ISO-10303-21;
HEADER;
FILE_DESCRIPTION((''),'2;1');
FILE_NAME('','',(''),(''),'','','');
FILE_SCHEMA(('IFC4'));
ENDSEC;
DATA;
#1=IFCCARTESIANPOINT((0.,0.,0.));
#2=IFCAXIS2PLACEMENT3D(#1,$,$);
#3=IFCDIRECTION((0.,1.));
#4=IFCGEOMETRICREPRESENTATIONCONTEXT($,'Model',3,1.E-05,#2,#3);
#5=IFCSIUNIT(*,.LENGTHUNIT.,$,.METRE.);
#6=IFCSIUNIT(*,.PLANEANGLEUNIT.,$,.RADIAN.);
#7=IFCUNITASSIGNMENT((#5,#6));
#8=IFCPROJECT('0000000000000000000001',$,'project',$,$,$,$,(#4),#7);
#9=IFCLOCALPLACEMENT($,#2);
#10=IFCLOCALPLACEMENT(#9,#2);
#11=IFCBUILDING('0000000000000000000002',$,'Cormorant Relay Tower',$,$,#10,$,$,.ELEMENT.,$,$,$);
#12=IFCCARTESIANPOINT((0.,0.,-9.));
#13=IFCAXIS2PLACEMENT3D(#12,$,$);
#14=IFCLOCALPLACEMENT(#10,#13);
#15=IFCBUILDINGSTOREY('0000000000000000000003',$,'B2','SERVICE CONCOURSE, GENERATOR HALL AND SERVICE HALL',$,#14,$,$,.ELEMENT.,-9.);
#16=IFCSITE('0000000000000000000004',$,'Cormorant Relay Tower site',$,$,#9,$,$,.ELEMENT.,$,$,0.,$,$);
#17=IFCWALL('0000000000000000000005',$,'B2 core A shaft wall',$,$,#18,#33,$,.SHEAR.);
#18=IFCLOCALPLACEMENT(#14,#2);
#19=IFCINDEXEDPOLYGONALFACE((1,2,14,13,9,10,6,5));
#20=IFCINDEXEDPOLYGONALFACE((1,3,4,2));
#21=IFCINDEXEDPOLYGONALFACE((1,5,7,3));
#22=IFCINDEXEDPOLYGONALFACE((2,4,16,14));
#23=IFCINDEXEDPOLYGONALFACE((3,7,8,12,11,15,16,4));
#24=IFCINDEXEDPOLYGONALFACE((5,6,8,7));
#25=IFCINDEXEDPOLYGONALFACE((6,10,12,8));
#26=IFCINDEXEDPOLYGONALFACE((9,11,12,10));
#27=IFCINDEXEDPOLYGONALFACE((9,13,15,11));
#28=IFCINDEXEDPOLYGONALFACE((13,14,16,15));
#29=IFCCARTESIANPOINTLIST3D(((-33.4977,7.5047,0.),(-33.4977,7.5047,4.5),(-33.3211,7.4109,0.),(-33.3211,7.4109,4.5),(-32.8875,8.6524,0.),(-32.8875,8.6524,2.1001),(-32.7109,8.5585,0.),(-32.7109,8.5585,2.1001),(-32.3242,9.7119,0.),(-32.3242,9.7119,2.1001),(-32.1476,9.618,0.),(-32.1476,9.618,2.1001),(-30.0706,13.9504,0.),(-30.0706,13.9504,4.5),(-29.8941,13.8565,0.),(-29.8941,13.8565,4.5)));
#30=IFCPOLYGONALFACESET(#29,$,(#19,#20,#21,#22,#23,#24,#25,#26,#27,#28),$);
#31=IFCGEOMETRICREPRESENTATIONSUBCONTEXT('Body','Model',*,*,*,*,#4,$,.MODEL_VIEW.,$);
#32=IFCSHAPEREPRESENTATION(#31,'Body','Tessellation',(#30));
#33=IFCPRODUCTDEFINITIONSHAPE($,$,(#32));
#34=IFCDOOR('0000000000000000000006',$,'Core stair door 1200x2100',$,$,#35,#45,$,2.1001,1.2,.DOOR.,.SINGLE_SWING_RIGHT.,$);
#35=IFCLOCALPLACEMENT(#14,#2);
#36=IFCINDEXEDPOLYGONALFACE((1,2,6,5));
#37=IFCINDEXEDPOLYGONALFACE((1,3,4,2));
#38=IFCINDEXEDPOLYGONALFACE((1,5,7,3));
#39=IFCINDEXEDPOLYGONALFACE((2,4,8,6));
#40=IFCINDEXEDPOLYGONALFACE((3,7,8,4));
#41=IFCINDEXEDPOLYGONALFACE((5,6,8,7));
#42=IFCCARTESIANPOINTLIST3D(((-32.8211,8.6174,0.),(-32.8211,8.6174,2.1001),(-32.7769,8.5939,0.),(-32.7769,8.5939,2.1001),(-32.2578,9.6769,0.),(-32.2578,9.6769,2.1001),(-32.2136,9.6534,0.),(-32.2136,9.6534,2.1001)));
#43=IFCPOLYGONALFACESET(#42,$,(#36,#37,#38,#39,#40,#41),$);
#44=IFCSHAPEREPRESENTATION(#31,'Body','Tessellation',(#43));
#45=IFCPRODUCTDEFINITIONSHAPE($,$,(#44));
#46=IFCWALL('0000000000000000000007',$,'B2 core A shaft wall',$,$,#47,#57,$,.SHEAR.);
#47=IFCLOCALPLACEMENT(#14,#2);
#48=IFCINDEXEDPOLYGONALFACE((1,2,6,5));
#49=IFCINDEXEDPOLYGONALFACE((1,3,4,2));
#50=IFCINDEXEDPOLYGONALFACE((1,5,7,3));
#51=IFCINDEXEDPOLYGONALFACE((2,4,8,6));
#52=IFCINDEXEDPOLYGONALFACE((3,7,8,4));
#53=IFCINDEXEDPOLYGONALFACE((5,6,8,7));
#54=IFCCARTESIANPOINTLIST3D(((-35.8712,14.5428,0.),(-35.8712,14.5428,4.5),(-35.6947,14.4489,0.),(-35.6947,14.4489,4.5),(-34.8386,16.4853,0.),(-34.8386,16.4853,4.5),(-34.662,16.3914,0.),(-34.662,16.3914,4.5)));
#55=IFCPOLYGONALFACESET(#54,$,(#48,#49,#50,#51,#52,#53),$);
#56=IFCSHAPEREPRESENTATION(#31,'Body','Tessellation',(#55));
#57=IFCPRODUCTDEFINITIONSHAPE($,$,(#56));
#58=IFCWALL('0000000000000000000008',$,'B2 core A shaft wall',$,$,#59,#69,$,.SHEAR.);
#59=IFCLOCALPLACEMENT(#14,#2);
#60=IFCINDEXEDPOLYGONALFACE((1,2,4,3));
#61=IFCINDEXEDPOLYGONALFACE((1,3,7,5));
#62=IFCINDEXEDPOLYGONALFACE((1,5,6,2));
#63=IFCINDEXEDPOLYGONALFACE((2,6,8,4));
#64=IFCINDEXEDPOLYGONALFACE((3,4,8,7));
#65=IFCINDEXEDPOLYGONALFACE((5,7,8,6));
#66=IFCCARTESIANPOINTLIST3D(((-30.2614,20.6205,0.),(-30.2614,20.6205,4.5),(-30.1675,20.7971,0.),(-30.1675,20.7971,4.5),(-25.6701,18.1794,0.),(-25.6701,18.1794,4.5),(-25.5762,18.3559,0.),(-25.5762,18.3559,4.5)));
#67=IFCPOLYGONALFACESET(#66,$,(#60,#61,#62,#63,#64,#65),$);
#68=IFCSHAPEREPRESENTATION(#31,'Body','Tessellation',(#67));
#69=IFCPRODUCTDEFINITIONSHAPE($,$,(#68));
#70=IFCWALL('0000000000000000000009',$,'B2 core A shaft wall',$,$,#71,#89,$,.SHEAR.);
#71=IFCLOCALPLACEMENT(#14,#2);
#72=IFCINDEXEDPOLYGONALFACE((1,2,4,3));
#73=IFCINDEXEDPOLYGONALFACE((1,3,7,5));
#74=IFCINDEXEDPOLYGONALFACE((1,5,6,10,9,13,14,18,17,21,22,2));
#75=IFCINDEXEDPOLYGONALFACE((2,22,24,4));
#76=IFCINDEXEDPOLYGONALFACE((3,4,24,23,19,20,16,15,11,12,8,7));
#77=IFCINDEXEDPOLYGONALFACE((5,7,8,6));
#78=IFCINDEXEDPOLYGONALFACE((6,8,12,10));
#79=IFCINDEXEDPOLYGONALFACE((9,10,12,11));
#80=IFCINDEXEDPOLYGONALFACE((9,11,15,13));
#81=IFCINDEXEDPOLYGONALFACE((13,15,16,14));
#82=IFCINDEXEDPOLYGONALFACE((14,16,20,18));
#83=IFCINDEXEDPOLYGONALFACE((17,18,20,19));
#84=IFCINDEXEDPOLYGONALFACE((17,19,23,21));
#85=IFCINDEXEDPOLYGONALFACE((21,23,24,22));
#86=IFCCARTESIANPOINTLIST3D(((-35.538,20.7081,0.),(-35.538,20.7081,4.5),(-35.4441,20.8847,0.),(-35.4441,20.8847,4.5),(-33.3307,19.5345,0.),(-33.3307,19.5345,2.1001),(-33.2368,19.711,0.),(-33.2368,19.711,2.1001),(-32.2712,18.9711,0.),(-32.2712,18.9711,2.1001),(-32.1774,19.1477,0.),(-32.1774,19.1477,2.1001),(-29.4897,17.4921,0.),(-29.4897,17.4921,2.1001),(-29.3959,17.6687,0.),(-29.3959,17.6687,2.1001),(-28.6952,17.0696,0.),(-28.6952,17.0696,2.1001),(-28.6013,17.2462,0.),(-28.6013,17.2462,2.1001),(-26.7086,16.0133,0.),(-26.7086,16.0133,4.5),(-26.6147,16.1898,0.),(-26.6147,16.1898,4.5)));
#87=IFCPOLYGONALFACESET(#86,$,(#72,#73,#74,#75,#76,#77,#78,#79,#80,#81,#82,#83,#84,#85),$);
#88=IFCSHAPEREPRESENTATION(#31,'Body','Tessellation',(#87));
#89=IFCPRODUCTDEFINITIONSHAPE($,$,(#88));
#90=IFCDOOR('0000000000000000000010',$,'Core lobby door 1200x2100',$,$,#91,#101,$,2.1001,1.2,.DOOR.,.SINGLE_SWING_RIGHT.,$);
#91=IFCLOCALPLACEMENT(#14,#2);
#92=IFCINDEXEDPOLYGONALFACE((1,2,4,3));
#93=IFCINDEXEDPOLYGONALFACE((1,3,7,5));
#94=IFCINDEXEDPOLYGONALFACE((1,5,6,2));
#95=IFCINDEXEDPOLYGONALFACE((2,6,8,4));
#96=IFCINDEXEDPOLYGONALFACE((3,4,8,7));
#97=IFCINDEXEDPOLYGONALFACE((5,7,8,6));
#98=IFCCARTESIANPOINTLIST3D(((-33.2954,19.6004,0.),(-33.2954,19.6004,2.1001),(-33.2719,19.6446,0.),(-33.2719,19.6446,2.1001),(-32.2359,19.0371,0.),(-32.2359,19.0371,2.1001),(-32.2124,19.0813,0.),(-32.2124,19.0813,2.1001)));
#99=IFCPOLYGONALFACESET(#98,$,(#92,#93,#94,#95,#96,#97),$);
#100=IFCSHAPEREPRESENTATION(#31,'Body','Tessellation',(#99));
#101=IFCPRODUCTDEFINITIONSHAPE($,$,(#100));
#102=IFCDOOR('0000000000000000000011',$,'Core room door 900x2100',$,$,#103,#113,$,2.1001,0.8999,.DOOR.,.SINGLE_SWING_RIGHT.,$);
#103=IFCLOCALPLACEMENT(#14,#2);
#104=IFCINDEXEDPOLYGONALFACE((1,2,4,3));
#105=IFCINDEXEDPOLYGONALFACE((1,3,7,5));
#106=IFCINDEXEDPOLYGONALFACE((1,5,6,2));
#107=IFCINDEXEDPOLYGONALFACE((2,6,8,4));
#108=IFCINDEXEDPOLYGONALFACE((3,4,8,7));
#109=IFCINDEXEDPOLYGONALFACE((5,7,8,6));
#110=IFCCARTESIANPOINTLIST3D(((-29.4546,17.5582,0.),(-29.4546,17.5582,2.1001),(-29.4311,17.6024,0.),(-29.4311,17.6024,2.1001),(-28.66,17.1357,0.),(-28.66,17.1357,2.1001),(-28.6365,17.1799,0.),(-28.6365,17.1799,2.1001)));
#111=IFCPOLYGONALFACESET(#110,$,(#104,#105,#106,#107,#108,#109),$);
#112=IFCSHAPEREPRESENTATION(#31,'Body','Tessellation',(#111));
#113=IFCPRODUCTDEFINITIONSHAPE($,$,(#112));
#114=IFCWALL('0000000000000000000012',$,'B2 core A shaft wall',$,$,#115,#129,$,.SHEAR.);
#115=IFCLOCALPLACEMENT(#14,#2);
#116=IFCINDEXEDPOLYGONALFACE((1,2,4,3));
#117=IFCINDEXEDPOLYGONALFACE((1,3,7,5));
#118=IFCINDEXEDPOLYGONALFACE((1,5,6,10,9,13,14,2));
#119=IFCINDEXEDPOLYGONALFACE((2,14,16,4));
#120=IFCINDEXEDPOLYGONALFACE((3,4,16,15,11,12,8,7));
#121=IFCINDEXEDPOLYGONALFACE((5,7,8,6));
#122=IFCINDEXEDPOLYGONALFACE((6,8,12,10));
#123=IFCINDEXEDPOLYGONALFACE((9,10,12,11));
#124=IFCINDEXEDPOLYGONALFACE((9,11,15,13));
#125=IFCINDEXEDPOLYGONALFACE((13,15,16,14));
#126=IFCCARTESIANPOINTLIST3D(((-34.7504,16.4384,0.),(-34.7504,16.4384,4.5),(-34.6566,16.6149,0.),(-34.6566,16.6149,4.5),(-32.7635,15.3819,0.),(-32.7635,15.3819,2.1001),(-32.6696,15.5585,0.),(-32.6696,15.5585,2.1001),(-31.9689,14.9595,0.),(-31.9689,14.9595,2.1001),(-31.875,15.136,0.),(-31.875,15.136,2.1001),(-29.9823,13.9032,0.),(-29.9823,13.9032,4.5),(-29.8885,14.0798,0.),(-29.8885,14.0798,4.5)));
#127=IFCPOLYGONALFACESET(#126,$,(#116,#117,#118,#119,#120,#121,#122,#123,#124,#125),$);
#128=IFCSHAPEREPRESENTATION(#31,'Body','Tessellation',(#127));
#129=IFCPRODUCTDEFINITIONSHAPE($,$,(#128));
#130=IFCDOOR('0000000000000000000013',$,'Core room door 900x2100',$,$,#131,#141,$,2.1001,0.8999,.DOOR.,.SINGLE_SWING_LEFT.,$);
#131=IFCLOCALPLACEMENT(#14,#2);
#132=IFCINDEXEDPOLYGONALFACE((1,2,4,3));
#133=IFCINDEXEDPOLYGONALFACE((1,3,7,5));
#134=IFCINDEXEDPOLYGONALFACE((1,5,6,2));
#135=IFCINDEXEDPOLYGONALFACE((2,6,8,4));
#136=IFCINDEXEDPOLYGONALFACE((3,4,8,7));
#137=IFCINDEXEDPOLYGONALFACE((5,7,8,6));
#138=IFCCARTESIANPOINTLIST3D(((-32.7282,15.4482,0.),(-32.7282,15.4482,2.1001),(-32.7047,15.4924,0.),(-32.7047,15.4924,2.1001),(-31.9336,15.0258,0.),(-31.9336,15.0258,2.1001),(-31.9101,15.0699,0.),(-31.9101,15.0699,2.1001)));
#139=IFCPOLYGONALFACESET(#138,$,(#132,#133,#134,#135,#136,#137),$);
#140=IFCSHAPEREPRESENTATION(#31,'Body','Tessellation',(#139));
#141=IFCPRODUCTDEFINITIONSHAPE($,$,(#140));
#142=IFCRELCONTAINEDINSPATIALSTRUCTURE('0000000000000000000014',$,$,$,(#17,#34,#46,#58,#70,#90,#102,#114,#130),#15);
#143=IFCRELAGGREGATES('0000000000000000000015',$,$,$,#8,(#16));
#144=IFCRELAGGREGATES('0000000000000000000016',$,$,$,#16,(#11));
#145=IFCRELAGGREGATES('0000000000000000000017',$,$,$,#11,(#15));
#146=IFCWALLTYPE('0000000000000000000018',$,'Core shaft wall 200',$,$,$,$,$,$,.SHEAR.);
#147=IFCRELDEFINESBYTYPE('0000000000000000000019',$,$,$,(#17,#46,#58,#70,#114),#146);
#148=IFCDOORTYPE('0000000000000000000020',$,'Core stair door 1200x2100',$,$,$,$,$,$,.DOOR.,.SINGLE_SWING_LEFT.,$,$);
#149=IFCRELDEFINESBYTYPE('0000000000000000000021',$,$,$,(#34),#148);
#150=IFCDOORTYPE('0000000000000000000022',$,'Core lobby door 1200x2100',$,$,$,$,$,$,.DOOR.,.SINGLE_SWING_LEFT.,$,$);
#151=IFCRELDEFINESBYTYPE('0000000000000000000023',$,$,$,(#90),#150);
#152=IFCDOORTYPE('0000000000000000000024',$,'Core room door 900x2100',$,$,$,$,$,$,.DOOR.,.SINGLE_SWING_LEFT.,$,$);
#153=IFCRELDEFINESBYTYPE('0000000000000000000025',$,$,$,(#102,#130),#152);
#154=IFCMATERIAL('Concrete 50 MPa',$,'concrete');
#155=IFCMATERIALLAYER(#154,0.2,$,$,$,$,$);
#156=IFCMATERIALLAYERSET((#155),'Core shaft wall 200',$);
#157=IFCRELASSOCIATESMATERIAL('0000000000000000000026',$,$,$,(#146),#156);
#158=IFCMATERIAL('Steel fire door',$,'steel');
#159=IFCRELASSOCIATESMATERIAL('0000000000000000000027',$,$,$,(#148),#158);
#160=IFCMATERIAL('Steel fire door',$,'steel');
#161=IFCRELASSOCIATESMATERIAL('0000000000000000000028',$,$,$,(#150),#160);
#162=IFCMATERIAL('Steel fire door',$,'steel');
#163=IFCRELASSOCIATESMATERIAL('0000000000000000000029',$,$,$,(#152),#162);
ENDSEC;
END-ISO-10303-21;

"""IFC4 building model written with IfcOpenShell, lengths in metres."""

from ifc_helpers import new_model, si_unit, direction, frame, frame_2d, origin, place, context, subcontext, project, spatial, rectangle, extrude, material, layer, layer_set, type_object, element, fill, save


model = new_model("IFC4")

# Units and contexts
model_context = context("Model", 3, precision=1e-05, world=origin(), true_north=direction((0.0, 1.0)))
body_context = subcontext(model_context, "Body", "Model", "MODEL_VIEW")
ifc_project = project(units=[si_unit("LENGTHUNIT", "METRE"), si_unit("PLANEANGLEUNIT", "RADIAN")], contexts=[model_context])

# Site, building, storey
site_placement = place(None, origin())
site = spatial("IfcSite", under=ifc_project, at=site_placement, Name="Cormorant Relay Tower site", CompositionType="ELEMENT", RefElevation=0.0)
building_placement = place(site_placement, origin())
building = spatial("IfcBuilding", under=site, at=building_placement, Name="Cormorant Relay Tower", CompositionType="ELEMENT")
storey_placement = place(building_placement, frame((0.0, 0.0, -9.0)))
storey = spatial("IfcBuildingStorey", under=building, at=storey_placement, Name="B2", Description="SERVICE CONCOURSE, GENERATOR HALL AND SERVICE HALL", CompositionType="ELEMENT", Elevation=-9.0)

# Wall, opening, door
ifc_material_1 = material(Name="Concrete 50 MPa", Category="concrete")
ifc_layer_1 = layer(ifc_material_1, 0.2)
ifc_layer_set_1 = layer_set([ifc_layer_1], Name="Core shaft wall 200")
wall_type_1 = type_object("IfcWallType", Name="Core shaft wall 200", PredefinedType="SHEAR", material=ifc_layer_set_1)
wall_1_placement = place(storey_placement, frame((-29.9824, 13.9033, 0.0), z_axis=(0.0, 0.0, 1.0), x_axis=(-0.469454, -0.882957, 0.0)))
wall_1 = element("IfcWall", 1, at=wall_1_placement, inside=storey, type_object=wall_type_1, Name="B2 core A shaft wall", PredefinedType="SHEAR", context=body_context, shape_type="SweptSolid", body=[
    extrude(rectangle(XDim=7.3, YDim=0.2, at=frame_2d((3.6499, 0.0))), origin(), (0.0, 0.0, 1.0), 4.5),
])
opening_1_placement = place(wall_1_placement, frame((4.8, 0.0, 0.0)))
opening_1 = element("IfcOpeningElement", 2, at=opening_1_placement, cuts=wall_1, PredefinedType="OPENING", context=body_context, shape_type="SweptSolid", body=[
    extrude(rectangle(XDim=1.2, YDim=2.1001, at=frame_2d((0.6001, 1.05))), frame((0.0, 0.1099, 0.0), z_axis=(0.0, -1.0, 0.0), x_axis=(1.0, 0.0, 0.0)), (0.0, 0.0, 1.0), 0.22),
])
ifc_material_2 = material(Name="Steel fire door", Category="steel")
door_type_1 = type_object("IfcDoorType", Name="Core stair door 1200x2100", OperationType="SINGLE_SWING_LEFT", PredefinedType="DOOR", material=ifc_material_2)
door_1_placement = place(opening_1_placement, frame((1.2, 0.0, 0.0), z_axis=(0.0, 0.0, 1.0), x_axis=(-1.0, 0.0, 0.0)))
door_1 = element("IfcDoor", 3, at=door_1_placement, inside=storey, type_object=door_type_1, Name="Core stair door 1200x2100", OperationType="SINGLE_SWING_RIGHT", OverallHeight=2.1001, OverallWidth=1.2, PredefinedType="DOOR", context=body_context, shape_type="SweptSolid", body=[
    extrude(rectangle(XDim=1.2, YDim=2.1001, at=frame_2d((0.6001, 1.05))), frame((0.0, 0.0249, 0.0), z_axis=(0.0, -1.0, 0.0), x_axis=(1.0, 0.0, 0.0)), (0.0, 0.0, 1.0), 0.05),
])
fill(opening_1, door_1)

# Walls
wall_2_placement = place(storey_placement, frame((-34.7502, 16.4385, 0.0), z_axis=(0.0, 0.0, 1.0), x_axis=(-0.469401, -0.882985, 0.0)))
element("IfcWall", 4, at=wall_2_placement, inside=storey, type_object=wall_type_1, Name="B2 core A shaft wall", PredefinedType="SHEAR", context=body_context, shape_type="SweptSolid", body=[
    extrude(rectangle(XDim=2.2, YDim=0.2, at=frame_2d((1.1001, 0.0))), origin(), (0.0, 0.0, 1.0), 4.5),
])
wall_3_placement = place(storey_placement, frame((-25.623, 18.2676, 0.0), z_axis=(0.0, 0.0, 1.0), x_axis=(-0.882954, 0.46946, 0.0)))
element("IfcWall", 5, at=wall_3_placement, inside=storey, type_object=wall_type_1, Name="B2 core A shaft wall", PredefinedType="SHEAR", context=body_context, shape_type="SweptSolid", body=[
    extrude(rectangle(XDim=5.2, YDim=0.2, at=frame_2d((2.6001, 0.0))), origin(), (0.0, 0.0, 1.0), 4.5),
])

# Wall, openings, doors
wall_4_placement = place(storey_placement, frame((-26.6616, 16.1016, 0.0), z_axis=(0.0, 0.0, 1.0), x_axis=(-0.88294, 0.469485, 0.0)))
wall_4 = element("IfcWall", 6, at=wall_4_placement, inside=storey, type_object=wall_type_1, Name="B2 core A shaft wall", PredefinedType="SHEAR", context=body_context, shape_type="SweptSolid", body=[
    extrude(rectangle(XDim=10.0, YDim=0.2, at=frame_2d((5.0, 0.0))), origin(), (0.0, 0.0, 1.0), 4.5),
])
opening_2_placement = place(wall_4_placement, frame((6.3, 0.0, 0.0)))
opening_2 = element("IfcOpeningElement", 7, at=opening_2_placement, cuts=wall_4, PredefinedType="OPENING", context=body_context, shape_type="SweptSolid", body=[
    extrude(rectangle(XDim=1.2, YDim=2.1001, at=frame_2d((0.6001, 1.05))), frame((0.0, 0.1099, 0.0), z_axis=(0.0, -1.0, 0.0), x_axis=(1.0, 0.0, 0.0)), (0.0, 0.0, 1.0), 0.22),
])
opening_3_placement = place(wall_4_placement, frame((2.25, 0.0, 0.0)))
opening_3 = element("IfcOpeningElement", 8, at=opening_3_placement, cuts=wall_4, PredefinedType="OPENING", context=body_context, shape_type="SweptSolid", body=[
    extrude(rectangle(XDim=0.8999, YDim=2.1001, at=frame_2d((0.45, 1.05))), frame((0.0, 0.1099, 0.0), z_axis=(0.0, -1.0, 0.0), x_axis=(1.0, 0.0, 0.0)), (0.0, 0.0, 1.0), 0.22),
])
ifc_material_3 = material(Name="Steel fire door", Category="steel")
door_type_2 = type_object("IfcDoorType", Name="Core lobby door 1200x2100", OperationType="SINGLE_SWING_LEFT", PredefinedType="DOOR", material=ifc_material_3)
door_2_placement = place(opening_2_placement, frame((1.2, 0.0, 0.0), z_axis=(0.0, 0.0, 1.0), x_axis=(-1.0, 0.0, 0.0)))
door_2 = element("IfcDoor", 9, at=door_2_placement, inside=storey, type_object=door_type_2, Name="Core lobby door 1200x2100", OperationType="SINGLE_SWING_RIGHT", OverallHeight=2.1001, OverallWidth=1.2, PredefinedType="DOOR", context=body_context, shape_type="SweptSolid", body=[
    extrude(rectangle(XDim=1.2, YDim=2.1001, at=frame_2d((0.6001, 1.05))), frame((0.0, 0.0249, 0.0), z_axis=(0.0, -1.0, 0.0), x_axis=(1.0, 0.0, 0.0)), (0.0, 0.0, 1.0), 0.05),
])
fill(opening_2, door_2)
ifc_material_4 = material(Name="Steel fire door", Category="steel")
door_type_3 = type_object("IfcDoorType", Name="Core room door 900x2100", OperationType="SINGLE_SWING_LEFT", PredefinedType="DOOR", material=ifc_material_4)
door_3_placement = place(opening_3_placement, frame((0.8999, 0.0, 0.0), z_axis=(0.0, 0.0, 1.0), x_axis=(-1.0, 0.0, 0.0)))
door_3 = element("IfcDoor", 10, at=door_3_placement, inside=storey, type_object=door_type_3, Name="Core room door 900x2100", OperationType="SINGLE_SWING_RIGHT", OverallHeight=2.1001, OverallWidth=0.8999, PredefinedType="DOOR", context=body_context, shape_type="SweptSolid", body=[
    extrude(rectangle(XDim=0.8999, YDim=2.1001, at=frame_2d((0.45, 1.05))), frame((0.0, 0.0249, 0.0), z_axis=(0.0, -1.0, 0.0), x_axis=(1.0, 0.0, 0.0)), (0.0, 0.0, 1.0), 0.05),
])
fill(opening_3, door_3)

# Wall, opening, door
wall_5_placement = place(storey_placement, frame((-29.9353, 13.9915, 0.0), z_axis=(0.0, 0.0, 1.0), x_axis=(-0.882953, 0.469462, 0.0)))
wall_5 = element("IfcWall", 11, at=wall_5_placement, inside=storey, type_object=wall_type_1, Name="B2 core A shaft wall", PredefinedType="SHEAR", context=body_context, shape_type="SweptSolid", body=[
    extrude(rectangle(XDim=5.4001, YDim=0.2, at=frame_2d((2.7002, 0.0))), origin(), (0.0, 0.0, 1.0), 4.5),
])
opening_4_placement = place(wall_5_placement, frame((2.25, 0.0, 0.0)))
opening_4 = element("IfcOpeningElement", 12, at=opening_4_placement, cuts=wall_5, PredefinedType="OPENING", context=body_context, shape_type="SweptSolid", body=[
    extrude(rectangle(XDim=0.8999, YDim=2.1001, at=frame_2d((0.45, 1.05))), frame((0.0, 0.1099, 0.0), z_axis=(0.0, -1.0, 0.0), x_axis=(1.0, 0.0, 0.0)), (0.0, 0.0, 1.0), 0.22),
])
door_4_placement = place(opening_4_placement, origin())
door_4 = element("IfcDoor", 13, at=door_4_placement, inside=storey, type_object=door_type_3, Name="Core room door 900x2100", OperationType="SINGLE_SWING_LEFT", OverallHeight=2.1001, OverallWidth=0.8999, PredefinedType="DOOR", context=body_context, shape_type="SweptSolid", body=[
    extrude(rectangle(XDim=0.8999, YDim=2.1001, at=frame_2d((0.45, 1.05))), frame((0.0, 0.0249, 0.0), z_axis=(0.0, -1.0, 0.0), x_axis=(1.0, 0.0, 0.0)), (0.0, 0.0, 1.0), 0.05),
])
fill(opening_4, door_4)

save(model, "model.ifc")
